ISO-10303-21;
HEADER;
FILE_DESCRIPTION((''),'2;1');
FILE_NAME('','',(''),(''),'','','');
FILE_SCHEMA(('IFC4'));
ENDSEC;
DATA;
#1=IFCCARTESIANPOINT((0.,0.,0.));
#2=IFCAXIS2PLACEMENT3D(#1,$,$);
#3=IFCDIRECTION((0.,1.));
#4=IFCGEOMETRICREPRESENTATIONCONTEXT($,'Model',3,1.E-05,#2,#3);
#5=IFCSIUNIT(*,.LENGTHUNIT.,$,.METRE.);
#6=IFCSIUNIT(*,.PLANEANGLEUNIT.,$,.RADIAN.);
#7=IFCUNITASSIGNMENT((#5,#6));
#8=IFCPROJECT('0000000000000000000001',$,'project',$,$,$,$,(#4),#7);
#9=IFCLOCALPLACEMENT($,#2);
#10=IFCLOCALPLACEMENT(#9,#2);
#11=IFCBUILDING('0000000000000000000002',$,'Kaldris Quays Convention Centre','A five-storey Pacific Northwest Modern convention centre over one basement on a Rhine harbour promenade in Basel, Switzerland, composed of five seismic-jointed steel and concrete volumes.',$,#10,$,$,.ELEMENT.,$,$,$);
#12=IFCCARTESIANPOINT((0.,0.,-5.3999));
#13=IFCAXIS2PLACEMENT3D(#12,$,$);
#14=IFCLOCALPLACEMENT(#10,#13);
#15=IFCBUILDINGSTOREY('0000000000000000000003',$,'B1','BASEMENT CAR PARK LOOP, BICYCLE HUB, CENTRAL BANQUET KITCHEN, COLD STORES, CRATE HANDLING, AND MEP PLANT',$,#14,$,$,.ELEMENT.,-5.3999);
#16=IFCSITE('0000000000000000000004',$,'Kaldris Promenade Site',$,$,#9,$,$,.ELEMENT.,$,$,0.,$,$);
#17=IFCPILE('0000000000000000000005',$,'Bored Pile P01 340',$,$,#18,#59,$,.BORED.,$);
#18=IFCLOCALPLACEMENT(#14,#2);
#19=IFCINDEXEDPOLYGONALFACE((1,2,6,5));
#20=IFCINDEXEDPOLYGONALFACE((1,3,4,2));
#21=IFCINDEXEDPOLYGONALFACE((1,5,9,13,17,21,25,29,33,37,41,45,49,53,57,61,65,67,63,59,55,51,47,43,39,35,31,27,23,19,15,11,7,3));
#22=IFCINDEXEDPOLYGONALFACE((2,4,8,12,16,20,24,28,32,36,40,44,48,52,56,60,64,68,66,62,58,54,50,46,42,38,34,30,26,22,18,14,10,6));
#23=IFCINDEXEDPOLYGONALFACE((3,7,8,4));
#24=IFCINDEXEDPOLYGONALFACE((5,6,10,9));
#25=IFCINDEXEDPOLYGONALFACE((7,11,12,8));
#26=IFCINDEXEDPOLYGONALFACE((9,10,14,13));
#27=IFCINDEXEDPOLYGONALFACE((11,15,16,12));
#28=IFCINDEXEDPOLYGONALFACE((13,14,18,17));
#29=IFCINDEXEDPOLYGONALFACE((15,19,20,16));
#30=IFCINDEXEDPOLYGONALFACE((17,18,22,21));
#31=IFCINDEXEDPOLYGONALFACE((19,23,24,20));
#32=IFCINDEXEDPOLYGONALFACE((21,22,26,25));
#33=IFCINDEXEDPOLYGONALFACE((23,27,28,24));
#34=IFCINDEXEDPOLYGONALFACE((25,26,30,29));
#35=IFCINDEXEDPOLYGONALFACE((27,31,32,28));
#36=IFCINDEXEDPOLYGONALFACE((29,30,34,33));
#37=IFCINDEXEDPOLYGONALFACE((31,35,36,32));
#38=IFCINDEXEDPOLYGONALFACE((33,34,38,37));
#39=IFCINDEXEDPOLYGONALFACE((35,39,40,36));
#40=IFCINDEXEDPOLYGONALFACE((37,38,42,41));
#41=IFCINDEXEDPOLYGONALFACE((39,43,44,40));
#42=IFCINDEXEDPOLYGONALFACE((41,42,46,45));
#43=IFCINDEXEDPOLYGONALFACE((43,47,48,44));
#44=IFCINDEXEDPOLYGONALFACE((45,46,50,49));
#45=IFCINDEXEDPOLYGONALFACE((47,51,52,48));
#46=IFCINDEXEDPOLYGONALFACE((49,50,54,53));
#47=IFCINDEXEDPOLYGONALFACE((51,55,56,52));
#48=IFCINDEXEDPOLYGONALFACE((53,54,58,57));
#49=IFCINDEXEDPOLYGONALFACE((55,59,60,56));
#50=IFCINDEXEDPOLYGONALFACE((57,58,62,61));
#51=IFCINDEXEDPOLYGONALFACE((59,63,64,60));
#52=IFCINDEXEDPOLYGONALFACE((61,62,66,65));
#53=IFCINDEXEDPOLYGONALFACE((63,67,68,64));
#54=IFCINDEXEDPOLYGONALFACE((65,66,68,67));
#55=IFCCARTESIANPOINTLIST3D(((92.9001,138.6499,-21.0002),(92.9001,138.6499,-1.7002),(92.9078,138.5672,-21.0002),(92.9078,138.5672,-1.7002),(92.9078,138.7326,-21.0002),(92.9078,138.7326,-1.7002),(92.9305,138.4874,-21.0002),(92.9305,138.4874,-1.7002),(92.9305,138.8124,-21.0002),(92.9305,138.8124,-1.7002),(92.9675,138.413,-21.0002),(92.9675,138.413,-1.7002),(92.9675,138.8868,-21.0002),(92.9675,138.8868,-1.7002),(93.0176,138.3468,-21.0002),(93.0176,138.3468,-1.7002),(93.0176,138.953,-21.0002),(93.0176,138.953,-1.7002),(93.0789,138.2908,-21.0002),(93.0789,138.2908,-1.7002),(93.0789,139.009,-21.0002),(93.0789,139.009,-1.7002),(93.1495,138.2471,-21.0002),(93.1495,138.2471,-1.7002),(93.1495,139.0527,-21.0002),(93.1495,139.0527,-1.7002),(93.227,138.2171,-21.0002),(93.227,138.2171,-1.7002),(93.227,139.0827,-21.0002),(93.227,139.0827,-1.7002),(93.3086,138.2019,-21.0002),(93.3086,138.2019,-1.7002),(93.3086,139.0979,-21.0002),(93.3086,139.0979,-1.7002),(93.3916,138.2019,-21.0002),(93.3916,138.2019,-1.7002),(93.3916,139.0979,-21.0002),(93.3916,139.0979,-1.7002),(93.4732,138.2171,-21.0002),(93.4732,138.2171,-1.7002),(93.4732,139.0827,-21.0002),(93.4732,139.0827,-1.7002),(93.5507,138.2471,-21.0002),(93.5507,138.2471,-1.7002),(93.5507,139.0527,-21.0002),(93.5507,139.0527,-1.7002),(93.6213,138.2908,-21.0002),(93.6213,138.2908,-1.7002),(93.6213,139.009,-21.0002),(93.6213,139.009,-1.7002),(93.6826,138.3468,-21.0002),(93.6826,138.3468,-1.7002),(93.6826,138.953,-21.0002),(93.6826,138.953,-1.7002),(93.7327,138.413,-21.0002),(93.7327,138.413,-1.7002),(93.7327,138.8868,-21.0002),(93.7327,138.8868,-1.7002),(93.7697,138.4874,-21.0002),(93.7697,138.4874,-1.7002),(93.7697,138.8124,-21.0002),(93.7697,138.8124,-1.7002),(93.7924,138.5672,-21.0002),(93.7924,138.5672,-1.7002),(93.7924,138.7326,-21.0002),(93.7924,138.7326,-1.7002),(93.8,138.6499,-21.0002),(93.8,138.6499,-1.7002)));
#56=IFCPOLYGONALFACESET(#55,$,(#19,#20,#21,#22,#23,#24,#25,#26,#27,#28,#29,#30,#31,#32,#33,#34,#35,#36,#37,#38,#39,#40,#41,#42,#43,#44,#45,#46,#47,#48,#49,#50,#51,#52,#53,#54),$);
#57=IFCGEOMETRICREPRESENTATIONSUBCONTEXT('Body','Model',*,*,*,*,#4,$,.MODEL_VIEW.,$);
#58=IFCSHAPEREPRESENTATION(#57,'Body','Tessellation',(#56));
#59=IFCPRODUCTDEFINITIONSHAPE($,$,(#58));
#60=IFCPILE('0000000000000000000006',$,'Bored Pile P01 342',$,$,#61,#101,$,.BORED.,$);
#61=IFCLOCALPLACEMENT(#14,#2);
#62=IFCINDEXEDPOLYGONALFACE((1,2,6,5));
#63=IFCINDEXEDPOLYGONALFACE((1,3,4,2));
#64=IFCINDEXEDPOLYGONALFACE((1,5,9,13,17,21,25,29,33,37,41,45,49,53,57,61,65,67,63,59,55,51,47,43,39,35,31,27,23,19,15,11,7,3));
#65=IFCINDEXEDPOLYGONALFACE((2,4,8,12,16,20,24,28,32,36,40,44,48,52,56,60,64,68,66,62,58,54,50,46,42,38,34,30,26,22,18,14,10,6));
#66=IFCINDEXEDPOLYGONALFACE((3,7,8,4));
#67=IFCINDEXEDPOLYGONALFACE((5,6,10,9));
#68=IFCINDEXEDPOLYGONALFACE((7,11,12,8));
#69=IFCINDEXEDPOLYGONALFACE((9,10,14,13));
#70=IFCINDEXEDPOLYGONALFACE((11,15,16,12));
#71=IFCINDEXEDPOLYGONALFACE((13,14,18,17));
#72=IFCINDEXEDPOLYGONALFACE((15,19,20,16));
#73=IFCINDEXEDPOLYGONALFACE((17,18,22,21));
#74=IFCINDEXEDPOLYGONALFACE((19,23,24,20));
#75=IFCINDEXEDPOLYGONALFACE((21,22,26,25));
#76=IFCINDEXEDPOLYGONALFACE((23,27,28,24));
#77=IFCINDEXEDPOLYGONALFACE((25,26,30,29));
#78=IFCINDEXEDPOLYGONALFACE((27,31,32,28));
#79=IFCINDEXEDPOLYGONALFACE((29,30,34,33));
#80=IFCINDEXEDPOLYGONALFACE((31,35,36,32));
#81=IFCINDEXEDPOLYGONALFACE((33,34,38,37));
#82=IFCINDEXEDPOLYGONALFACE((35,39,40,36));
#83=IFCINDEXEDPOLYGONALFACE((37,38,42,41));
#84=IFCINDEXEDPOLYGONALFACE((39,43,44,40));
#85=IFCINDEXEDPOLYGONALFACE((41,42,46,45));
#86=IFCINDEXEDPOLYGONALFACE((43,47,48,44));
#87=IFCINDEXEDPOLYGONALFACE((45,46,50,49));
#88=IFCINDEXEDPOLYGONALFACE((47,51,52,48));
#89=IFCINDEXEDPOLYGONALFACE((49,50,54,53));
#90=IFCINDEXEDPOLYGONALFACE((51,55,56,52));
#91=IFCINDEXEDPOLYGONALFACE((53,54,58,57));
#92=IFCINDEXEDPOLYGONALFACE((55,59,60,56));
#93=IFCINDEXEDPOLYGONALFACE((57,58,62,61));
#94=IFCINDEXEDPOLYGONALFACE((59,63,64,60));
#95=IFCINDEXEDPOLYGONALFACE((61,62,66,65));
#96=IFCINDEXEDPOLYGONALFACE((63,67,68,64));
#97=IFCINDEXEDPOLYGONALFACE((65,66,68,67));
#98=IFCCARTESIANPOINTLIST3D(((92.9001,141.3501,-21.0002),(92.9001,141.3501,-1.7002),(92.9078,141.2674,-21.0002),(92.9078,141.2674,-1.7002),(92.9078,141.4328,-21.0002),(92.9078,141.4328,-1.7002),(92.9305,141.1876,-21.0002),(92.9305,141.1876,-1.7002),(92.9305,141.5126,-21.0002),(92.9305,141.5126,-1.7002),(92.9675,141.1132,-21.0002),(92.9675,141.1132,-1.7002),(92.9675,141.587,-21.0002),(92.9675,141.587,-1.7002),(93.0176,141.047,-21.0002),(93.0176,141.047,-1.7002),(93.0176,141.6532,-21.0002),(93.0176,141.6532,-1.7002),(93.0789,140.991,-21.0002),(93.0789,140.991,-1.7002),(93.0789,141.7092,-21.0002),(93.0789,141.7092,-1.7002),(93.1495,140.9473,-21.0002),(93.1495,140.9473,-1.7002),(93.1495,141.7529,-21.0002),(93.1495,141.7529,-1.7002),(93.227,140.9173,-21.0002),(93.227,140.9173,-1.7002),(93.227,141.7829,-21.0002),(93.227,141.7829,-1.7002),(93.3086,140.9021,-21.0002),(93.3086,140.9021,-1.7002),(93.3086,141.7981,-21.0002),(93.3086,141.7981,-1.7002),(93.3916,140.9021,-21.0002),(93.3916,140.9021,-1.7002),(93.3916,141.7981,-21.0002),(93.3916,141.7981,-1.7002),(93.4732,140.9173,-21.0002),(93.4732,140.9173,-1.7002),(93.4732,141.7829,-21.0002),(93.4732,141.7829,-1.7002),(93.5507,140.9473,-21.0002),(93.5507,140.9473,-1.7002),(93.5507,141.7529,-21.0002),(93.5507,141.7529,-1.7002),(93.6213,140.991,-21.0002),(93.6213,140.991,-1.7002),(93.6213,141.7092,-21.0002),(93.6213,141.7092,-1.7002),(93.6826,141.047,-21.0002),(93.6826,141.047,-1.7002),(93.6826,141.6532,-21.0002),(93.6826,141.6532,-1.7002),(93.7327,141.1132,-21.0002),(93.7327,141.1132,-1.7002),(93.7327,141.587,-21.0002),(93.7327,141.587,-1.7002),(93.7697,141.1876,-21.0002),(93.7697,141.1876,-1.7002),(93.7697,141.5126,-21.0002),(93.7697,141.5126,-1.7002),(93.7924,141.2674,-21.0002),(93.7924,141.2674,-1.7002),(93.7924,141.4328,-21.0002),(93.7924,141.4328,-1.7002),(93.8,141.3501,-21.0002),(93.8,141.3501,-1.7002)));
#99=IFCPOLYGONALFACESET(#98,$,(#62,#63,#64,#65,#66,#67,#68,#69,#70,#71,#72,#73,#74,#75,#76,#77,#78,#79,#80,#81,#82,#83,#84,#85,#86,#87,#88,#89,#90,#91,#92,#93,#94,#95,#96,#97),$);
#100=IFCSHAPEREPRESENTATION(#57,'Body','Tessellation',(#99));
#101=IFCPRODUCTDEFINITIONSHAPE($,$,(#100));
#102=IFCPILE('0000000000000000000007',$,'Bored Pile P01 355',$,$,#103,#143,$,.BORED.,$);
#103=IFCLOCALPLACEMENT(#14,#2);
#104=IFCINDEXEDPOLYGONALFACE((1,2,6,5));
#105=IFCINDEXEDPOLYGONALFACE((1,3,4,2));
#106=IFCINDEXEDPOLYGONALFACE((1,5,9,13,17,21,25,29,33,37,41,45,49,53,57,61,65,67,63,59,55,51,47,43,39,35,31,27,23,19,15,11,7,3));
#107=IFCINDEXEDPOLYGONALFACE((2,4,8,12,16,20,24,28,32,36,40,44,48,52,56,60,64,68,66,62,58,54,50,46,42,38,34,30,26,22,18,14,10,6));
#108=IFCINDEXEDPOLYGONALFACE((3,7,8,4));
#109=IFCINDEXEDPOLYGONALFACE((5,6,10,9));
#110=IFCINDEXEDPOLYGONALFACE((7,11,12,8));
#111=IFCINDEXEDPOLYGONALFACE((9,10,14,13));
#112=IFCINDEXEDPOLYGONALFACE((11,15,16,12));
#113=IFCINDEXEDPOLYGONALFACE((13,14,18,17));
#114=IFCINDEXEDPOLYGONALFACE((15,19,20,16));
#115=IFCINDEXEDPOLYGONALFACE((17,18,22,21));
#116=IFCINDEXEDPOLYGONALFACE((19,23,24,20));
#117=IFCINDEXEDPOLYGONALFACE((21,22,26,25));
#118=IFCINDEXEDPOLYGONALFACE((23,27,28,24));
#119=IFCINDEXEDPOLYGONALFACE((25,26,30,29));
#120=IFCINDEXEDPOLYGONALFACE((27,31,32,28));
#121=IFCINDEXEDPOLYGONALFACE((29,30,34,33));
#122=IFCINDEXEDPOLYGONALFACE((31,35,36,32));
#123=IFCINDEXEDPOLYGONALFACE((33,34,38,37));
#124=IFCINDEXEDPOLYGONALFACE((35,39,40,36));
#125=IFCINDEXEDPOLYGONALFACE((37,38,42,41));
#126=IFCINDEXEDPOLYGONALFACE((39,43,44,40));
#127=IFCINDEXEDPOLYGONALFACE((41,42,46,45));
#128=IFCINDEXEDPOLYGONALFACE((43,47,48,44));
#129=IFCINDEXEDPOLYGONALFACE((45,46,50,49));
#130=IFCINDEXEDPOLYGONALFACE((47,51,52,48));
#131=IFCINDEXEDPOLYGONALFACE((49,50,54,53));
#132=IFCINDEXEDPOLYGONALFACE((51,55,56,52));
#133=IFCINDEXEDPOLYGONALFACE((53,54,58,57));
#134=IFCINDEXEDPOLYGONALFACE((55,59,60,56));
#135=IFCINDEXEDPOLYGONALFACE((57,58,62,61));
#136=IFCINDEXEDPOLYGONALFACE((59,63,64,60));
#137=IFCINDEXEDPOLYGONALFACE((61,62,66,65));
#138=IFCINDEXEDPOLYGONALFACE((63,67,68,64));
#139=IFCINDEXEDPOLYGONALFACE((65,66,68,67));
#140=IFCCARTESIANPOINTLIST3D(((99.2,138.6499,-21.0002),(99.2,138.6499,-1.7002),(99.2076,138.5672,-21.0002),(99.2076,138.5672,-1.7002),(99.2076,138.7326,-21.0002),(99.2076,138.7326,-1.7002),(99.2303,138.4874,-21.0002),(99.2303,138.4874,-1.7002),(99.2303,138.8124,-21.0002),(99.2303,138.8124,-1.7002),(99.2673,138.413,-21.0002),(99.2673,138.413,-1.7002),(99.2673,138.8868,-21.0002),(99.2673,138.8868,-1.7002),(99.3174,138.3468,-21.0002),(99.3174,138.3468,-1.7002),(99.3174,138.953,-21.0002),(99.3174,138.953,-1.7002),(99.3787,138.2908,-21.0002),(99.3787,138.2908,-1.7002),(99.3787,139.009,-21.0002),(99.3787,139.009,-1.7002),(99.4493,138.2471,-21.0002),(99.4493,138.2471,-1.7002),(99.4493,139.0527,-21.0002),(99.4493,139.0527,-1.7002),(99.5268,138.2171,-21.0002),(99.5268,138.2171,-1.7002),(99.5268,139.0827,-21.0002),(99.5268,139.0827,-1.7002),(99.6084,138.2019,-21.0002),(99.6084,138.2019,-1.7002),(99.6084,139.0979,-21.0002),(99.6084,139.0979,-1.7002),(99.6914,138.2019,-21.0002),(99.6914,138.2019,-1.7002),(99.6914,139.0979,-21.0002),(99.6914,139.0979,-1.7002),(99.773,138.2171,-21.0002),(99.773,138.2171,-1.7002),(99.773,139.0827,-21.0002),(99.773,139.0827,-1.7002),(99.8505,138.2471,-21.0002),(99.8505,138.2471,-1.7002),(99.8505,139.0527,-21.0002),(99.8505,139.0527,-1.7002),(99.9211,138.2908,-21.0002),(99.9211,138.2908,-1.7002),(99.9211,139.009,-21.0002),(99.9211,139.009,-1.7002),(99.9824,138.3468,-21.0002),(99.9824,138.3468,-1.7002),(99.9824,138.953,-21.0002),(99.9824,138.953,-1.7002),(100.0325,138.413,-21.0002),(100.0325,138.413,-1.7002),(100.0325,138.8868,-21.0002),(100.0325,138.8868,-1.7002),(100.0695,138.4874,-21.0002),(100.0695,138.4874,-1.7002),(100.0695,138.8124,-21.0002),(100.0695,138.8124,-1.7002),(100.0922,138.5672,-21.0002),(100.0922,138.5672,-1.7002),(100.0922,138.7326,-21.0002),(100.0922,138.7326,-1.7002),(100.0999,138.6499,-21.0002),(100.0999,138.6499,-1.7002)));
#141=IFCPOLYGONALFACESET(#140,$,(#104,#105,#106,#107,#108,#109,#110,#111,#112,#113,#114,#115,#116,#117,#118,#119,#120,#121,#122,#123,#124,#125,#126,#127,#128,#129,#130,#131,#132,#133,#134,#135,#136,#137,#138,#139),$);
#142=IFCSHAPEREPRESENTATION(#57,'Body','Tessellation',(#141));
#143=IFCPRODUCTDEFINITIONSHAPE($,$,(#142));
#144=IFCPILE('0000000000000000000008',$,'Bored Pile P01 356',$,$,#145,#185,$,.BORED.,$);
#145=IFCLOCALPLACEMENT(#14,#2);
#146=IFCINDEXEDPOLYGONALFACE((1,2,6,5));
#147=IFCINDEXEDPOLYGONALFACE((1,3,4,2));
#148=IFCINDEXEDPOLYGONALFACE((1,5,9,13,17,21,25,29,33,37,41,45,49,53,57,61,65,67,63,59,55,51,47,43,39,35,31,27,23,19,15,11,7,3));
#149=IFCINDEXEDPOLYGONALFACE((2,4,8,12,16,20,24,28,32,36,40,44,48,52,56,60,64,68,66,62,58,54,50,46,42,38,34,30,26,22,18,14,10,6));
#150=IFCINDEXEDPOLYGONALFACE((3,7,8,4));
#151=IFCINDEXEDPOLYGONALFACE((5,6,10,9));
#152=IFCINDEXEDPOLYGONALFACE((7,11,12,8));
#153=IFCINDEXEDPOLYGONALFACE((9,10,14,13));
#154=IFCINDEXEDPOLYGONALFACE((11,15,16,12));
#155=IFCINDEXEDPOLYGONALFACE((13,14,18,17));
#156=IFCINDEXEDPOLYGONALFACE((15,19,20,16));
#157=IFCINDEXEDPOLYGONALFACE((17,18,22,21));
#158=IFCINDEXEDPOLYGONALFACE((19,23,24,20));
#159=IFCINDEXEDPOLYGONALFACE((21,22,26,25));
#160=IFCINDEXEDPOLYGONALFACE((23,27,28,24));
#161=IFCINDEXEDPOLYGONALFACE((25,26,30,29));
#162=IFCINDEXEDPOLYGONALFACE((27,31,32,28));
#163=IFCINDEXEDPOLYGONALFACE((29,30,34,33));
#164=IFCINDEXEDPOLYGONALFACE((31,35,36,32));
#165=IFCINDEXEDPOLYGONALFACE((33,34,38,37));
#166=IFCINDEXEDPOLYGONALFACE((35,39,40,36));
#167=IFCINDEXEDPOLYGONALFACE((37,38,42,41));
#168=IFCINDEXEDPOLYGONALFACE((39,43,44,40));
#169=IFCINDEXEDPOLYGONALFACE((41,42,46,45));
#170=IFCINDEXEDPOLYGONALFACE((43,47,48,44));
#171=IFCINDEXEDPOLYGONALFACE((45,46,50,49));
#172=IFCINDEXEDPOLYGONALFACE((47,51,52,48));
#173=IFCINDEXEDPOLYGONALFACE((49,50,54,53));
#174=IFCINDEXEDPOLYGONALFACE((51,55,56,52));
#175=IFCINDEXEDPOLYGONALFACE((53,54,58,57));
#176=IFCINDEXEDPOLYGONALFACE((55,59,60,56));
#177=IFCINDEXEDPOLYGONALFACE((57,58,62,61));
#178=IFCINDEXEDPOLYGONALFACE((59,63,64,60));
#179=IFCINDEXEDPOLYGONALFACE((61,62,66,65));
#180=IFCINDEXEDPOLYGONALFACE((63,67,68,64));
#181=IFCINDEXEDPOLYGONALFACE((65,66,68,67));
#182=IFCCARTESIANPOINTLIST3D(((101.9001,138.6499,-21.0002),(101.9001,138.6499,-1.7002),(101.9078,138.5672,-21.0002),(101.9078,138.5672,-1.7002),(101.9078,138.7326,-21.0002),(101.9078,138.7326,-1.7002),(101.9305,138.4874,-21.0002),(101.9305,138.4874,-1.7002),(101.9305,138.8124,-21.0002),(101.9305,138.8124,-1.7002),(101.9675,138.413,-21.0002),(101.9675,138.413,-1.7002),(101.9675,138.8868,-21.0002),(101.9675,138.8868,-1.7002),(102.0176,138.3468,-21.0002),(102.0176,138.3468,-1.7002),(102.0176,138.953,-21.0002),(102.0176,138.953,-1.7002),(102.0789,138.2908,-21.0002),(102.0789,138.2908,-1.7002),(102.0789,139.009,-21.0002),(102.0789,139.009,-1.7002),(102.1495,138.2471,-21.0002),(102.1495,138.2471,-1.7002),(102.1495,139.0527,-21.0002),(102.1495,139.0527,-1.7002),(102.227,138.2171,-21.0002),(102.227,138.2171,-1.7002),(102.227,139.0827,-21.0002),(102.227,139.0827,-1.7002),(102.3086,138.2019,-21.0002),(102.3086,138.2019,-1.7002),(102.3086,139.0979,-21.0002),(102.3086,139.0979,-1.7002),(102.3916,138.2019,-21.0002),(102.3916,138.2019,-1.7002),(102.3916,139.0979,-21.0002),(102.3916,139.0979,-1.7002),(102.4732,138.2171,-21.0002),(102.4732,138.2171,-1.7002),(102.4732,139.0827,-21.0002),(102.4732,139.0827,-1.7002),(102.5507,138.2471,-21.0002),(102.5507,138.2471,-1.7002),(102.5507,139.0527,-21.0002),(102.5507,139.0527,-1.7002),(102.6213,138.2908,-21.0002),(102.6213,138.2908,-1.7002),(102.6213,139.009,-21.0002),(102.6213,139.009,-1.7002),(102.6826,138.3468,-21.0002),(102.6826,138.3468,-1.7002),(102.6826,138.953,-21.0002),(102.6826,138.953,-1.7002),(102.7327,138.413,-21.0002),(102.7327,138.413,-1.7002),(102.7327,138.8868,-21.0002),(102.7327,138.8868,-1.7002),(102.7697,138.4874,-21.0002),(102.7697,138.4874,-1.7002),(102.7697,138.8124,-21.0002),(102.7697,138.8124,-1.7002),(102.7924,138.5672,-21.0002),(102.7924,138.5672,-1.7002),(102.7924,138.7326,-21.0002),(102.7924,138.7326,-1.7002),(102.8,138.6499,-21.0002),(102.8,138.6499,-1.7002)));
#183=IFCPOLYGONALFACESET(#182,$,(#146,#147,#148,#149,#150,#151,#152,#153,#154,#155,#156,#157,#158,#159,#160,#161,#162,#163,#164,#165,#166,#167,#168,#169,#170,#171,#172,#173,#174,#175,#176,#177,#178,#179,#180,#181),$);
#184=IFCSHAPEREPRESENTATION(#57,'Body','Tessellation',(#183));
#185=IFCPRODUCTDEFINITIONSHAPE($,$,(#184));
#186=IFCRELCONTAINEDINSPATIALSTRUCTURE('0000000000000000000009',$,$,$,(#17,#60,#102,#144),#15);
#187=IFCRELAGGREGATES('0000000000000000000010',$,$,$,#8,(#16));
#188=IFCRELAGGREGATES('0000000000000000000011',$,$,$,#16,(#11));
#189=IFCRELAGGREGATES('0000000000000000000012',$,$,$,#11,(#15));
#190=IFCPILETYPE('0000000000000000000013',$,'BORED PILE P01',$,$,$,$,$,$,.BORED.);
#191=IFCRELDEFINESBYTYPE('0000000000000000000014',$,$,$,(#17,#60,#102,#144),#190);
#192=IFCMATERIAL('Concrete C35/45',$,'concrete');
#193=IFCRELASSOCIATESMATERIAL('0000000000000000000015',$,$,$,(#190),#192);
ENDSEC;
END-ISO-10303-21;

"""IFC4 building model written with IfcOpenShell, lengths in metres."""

from ifc_helpers import new_model, si_unit, direction, frame, origin, origin_2d, place, context, subcontext, project, spatial, circle, extrude, material, material_profile, profile_set, type_object, element, save


model = new_model("IFC4")

# Units and contexts
model_context = context("Model", 3, precision=1e-05, world=origin(), true_north=direction((0.0, 1.0)))
body_context = subcontext(model_context, "Body", "Model", "MODEL_VIEW")
ifc_project = project(units=[si_unit("LENGTHUNIT", "METRE"), si_unit("PLANEANGLEUNIT", "RADIAN")], contexts=[model_context])

# Site, building, storey
site_placement = place(None, origin())
site = spatial("IfcSite", under=ifc_project, at=site_placement, Name="Kaldris Promenade Site", CompositionType="ELEMENT", RefElevation=0.0)
building_placement = place(site_placement, origin())
building = spatial("IfcBuilding", under=site, at=building_placement, Name="Kaldris Quays Convention Centre", Description="A five-storey Pacific Northwest Modern convention centre over one basement on a Rhine harbour promenade in Basel, Switzerland, composed of five seismic-jointed steel and concrete volumes.", CompositionType="ELEMENT")
storey_placement = place(building_placement, frame((0.0, 0.0, -5.3999)))
storey = spatial("IfcBuildingStorey", under=building, at=storey_placement, Name="B1", Description="BASEMENT CAR PARK LOOP, BICYCLE HUB, CENTRAL BANQUET KITCHEN, COLD STORES, CRATE HANDLING, AND MEP PLANT", CompositionType="ELEMENT", Elevation=-5.3999)

# Piles
ifc_material_1 = material(Name="Concrete C35/45", Category="concrete")
ifc_material_profile_1 = material_profile(ifc_material_1, circle(Radius=0.45, at=origin_2d()), Name="BORED PILE D900")
ifc_profile_set_1 = profile_set([ifc_material_profile_1], Name="Concrete C35/45")
pile_type = type_object("IfcPileType", Name="BORED PILE P01", PredefinedType="BORED", material=ifc_profile_set_1)
for number, where, z_axis, x_axis, name in (
    (1, (93.3501, 138.6499, -1.7002), (0.0, 0.0, -1.0), (1.0, 0.0, 0.0), "Bored Pile P01 340"),
    (2, (93.3501, 141.3501, -1.7002), (0.0, 0.0, -1.0), (1.0, 0.0, 0.0), "Bored Pile P01 342"),
    (3, (99.6499, 138.6499, -1.7002), (0.0, 0.0, -1.0), (1.0, 0.0, 0.0), "Bored Pile P01 355"),
    (4, (102.3501, 138.6499, -1.7002), (0.0, 0.0, -1.0), (1.0, 0.0, 0.0), "Bored Pile P01 356"),
):
    element("IfcPile", number, at=place(storey_placement, frame(where, z_axis=z_axis, x_axis=x_axis)), inside=storey, type_object=pile_type, Name=name, PredefinedType="BORED", context=body_context, shape_type="SweptSolid", body=[
        extrude(circle(Radius=0.45, at=origin_2d()), origin(), (0.0, 0.0, 1.0), 19.3),
    ])

save(model, "model.ifc")
